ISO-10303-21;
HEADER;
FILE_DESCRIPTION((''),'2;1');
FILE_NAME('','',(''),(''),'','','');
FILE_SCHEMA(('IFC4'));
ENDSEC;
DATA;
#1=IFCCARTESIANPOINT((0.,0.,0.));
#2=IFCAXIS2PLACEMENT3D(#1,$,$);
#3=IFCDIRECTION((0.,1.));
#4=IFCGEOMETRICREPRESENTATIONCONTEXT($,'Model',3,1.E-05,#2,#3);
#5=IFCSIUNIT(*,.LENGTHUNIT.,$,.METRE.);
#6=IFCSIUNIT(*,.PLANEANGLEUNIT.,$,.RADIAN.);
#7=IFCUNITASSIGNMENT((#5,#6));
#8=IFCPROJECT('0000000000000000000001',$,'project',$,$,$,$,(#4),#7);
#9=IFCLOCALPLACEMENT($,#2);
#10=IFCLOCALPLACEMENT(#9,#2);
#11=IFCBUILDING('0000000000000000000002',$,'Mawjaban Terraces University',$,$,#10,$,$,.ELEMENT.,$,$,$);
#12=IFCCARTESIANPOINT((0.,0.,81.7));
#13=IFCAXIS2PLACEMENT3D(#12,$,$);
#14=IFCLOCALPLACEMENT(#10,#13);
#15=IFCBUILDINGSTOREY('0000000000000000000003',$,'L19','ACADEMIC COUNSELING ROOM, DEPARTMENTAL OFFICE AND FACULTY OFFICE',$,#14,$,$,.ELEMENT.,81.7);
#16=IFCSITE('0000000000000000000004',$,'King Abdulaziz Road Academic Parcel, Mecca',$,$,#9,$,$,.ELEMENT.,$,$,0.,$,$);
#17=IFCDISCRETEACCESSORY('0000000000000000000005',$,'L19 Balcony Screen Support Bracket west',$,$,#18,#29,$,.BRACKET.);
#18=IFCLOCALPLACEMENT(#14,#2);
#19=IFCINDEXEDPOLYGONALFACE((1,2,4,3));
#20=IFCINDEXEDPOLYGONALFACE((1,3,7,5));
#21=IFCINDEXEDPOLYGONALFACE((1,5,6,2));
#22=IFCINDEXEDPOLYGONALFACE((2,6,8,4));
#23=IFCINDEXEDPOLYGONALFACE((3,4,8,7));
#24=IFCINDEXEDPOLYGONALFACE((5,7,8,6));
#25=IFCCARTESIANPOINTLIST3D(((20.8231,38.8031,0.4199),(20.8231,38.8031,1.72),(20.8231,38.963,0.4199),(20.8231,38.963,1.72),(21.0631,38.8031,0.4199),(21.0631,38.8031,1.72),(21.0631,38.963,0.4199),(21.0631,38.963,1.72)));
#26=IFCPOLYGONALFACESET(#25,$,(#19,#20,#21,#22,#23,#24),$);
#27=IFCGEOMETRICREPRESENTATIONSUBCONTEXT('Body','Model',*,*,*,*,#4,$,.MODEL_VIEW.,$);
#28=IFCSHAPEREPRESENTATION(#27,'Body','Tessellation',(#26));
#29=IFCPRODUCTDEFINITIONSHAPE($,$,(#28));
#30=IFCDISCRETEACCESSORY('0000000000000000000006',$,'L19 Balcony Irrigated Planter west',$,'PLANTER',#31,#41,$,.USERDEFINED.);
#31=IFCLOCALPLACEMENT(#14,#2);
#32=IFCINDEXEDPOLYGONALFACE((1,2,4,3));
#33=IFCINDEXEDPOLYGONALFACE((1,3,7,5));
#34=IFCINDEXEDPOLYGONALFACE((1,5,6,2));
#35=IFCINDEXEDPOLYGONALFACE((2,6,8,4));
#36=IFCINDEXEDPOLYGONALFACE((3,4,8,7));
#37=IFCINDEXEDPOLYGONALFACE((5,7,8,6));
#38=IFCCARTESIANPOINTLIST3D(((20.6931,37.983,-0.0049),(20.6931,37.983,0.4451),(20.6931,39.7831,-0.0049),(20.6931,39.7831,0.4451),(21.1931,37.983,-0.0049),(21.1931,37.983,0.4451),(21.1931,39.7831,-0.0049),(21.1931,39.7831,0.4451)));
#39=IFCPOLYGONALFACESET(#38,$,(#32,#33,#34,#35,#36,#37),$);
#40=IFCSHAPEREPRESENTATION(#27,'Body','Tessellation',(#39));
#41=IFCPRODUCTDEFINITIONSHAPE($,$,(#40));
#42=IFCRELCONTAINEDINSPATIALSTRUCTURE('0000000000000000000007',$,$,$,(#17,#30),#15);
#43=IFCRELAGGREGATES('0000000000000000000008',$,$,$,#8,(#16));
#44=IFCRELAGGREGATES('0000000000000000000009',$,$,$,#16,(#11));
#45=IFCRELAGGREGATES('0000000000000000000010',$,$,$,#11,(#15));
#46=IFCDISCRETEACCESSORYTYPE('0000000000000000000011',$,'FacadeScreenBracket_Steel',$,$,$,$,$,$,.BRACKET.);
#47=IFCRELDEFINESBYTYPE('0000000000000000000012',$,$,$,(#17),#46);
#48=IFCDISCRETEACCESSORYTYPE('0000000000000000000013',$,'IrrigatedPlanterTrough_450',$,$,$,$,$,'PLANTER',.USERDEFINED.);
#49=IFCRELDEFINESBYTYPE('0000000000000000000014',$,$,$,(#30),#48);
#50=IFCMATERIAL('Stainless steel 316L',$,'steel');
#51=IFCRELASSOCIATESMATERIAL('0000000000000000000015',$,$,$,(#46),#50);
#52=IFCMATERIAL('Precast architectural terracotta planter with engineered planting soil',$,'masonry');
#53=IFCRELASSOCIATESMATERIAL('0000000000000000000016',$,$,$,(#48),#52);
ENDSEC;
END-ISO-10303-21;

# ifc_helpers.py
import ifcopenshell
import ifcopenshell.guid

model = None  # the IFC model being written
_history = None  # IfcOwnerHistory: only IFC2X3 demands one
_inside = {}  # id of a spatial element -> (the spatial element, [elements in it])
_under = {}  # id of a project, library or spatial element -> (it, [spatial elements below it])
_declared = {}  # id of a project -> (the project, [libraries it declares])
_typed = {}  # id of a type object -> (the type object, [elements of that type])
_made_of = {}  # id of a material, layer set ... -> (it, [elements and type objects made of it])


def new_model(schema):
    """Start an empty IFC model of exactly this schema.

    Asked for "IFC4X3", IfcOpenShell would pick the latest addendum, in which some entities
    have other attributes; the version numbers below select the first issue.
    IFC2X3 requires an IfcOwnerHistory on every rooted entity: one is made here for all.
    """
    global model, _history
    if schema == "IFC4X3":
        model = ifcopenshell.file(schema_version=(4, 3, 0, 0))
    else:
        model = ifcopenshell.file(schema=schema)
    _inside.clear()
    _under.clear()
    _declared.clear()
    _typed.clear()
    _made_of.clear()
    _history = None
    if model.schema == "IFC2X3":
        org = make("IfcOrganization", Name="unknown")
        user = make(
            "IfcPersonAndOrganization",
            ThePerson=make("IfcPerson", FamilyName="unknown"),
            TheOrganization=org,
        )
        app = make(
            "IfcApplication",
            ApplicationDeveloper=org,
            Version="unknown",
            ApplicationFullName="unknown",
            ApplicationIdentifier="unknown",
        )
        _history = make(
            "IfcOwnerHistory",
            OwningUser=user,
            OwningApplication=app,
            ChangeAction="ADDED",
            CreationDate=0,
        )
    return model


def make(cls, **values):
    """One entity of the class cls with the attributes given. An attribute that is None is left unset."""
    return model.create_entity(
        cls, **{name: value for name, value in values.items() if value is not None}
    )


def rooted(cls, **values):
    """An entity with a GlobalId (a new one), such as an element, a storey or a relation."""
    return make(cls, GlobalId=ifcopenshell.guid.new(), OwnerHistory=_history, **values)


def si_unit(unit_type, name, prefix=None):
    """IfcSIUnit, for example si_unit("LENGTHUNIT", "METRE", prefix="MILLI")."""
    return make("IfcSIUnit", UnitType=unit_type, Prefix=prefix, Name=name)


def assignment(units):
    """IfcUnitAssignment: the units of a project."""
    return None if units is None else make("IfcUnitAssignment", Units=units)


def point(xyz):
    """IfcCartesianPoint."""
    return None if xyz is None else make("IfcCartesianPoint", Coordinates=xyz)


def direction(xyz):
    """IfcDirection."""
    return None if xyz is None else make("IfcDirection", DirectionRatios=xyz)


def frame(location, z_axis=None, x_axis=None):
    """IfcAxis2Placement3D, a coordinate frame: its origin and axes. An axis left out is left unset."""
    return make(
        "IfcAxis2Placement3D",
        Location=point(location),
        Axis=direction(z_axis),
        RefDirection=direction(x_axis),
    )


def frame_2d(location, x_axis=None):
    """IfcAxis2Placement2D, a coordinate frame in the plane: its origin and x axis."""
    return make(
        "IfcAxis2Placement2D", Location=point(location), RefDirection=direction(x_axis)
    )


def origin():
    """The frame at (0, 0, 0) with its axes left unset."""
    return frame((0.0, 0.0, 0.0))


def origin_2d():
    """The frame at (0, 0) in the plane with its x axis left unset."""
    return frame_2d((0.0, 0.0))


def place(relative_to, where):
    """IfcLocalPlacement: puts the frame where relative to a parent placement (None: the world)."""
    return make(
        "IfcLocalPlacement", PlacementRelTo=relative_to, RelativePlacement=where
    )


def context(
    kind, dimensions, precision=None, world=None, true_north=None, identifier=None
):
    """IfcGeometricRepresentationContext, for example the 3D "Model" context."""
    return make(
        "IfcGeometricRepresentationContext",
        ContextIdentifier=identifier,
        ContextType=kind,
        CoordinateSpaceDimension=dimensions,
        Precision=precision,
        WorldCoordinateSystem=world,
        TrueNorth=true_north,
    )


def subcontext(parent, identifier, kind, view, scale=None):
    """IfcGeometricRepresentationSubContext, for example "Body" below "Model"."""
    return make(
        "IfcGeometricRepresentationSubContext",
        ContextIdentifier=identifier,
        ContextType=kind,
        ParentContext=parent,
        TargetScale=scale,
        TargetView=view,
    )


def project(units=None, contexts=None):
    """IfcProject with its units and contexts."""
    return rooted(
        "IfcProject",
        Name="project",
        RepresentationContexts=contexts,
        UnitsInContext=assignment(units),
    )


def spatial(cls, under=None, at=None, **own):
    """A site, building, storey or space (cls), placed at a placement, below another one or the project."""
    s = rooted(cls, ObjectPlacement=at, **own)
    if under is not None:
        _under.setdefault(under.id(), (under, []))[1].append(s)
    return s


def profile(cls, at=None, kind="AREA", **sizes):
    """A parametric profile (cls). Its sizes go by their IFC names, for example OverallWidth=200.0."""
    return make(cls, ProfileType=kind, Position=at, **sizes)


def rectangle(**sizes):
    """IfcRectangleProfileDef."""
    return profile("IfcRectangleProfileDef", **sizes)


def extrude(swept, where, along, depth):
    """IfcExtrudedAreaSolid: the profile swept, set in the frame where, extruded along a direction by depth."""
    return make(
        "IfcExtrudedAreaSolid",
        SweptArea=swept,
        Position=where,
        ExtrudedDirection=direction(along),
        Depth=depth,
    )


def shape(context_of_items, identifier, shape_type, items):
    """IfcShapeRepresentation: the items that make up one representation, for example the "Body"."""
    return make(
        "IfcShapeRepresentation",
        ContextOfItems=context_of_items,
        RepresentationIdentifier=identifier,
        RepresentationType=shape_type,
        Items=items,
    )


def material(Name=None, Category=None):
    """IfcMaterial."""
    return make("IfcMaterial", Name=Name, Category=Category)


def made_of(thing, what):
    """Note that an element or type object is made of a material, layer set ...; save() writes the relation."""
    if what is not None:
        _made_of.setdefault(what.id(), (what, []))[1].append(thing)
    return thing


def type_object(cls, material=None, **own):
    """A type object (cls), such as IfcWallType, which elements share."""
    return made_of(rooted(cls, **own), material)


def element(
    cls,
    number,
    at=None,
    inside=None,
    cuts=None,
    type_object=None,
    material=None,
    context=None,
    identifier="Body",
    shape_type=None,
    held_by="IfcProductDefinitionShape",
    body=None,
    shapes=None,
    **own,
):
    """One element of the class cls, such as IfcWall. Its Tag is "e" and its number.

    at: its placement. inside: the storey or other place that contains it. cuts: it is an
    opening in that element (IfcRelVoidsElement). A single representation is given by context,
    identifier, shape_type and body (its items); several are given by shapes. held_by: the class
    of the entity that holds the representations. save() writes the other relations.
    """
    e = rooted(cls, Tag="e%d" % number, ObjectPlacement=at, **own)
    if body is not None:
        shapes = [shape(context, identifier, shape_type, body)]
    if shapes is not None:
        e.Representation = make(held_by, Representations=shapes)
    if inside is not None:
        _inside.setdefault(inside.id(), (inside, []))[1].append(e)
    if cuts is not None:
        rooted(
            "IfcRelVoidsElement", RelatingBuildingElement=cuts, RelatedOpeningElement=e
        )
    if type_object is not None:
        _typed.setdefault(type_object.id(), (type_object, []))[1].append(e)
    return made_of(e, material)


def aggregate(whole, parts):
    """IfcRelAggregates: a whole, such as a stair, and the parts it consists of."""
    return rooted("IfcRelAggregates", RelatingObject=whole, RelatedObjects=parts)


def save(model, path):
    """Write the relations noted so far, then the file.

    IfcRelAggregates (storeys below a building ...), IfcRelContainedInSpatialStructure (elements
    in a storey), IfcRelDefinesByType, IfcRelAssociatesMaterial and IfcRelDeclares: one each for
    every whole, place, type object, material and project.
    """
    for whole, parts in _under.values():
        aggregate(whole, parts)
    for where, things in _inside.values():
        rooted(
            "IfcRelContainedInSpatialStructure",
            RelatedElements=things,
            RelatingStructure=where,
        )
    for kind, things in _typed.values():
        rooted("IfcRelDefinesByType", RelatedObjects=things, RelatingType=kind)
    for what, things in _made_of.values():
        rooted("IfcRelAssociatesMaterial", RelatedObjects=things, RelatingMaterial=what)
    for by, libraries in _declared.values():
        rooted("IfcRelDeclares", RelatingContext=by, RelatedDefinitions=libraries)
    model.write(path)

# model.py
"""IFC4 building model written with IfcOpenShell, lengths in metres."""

from ifc_helpers import new_model, si_unit, direction, frame, origin, origin_2d, place, context, subcontext, project, spatial, rectangle, extrude, material, type_object, element, save


model = new_model("IFC4")

# Units and contexts
model_context = context("Model", 3, precision=1e-05, world=origin(), true_north=direction((0.0, 1.0)))
body_context = subcontext(model_context, "Body", "Model", "MODEL_VIEW")
ifc_project = project(units=[si_unit("LENGTHUNIT", "METRE"), si_unit("PLANEANGLEUNIT", "RADIAN")], contexts=[model_context])

# Site, building, storey
site_placement = place(None, origin())
site = spatial("IfcSite", under=ifc_project, at=site_placement, Name="King Abdulaziz Road Academic Parcel, Mecca", CompositionType="ELEMENT", RefElevation=0.0)
building_placement = place(site_placement, origin())
building = spatial("IfcBuilding", under=site, at=building_placement, Name="Mawjaban Terraces University", CompositionType="ELEMENT")
storey_placement = place(building_placement, frame((0.0, 0.0, 81.7)))
storey = spatial("IfcBuildingStorey", under=building, at=storey_placement, Name="L19", Description="ACADEMIC COUNSELING ROOM, DEPARTMENTAL OFFICE AND FACULTY OFFICE", CompositionType="ELEMENT", Elevation=81.7)

# Discrete accessories
ifc_material_1 = material(Name="Stainless steel 316L", Category="steel")
discrete_accessory_type_1 = type_object("IfcDiscreteAccessoryType", Name="FacadeScreenBracket_Steel", PredefinedType="BRACKET", material=ifc_material_1)
discrete_accessory_1_placement = place(storey_placement, frame((20.9431, 38.8831, 0.4199), z_axis=(0.0, 0.0, 1.0), x_axis=(0.0, 1.0, 0.0)))
element("IfcDiscreteAccessory", 1, at=discrete_accessory_1_placement, inside=storey, type_object=discrete_accessory_type_1, Name="L19 Balcony Screen Support Bracket west", PredefinedType="BRACKET", context=body_context, shape_type="SweptSolid", body=[
    extrude(rectangle(XDim=0.1599, YDim=0.24, at=origin_2d()), origin(), (0.0, 0.0, 1.0), 1.3),
])
ifc_material_2 = material(Name="Precast architectural terracotta planter with engineered planting soil", Category="masonry")
discrete_accessory_type_2 = type_object("IfcDiscreteAccessoryType", Name="IrrigatedPlanterTrough_450", ElementType="PLANTER", PredefinedType="USERDEFINED", material=ifc_material_2)
discrete_accessory_2_placement = place(storey_placement, frame((20.9431, 38.8831, -0.0049), z_axis=(0.0, 0.0, 1.0), x_axis=(0.0, 1.0, 0.0)))
element("IfcDiscreteAccessory", 2, at=discrete_accessory_2_placement, inside=storey, type_object=discrete_accessory_type_2, Name="L19 Balcony Irrigated Planter west", ObjectType="PLANTER", PredefinedType="USERDEFINED", context=body_context, shape_type="SweptSolid", body=[
    extrude(rectangle(XDim=1.8, YDim=0.5, at=origin_2d()), origin(), (0.0, 0.0, 1.0), 0.45),
])

save(model, "model.ifc")
